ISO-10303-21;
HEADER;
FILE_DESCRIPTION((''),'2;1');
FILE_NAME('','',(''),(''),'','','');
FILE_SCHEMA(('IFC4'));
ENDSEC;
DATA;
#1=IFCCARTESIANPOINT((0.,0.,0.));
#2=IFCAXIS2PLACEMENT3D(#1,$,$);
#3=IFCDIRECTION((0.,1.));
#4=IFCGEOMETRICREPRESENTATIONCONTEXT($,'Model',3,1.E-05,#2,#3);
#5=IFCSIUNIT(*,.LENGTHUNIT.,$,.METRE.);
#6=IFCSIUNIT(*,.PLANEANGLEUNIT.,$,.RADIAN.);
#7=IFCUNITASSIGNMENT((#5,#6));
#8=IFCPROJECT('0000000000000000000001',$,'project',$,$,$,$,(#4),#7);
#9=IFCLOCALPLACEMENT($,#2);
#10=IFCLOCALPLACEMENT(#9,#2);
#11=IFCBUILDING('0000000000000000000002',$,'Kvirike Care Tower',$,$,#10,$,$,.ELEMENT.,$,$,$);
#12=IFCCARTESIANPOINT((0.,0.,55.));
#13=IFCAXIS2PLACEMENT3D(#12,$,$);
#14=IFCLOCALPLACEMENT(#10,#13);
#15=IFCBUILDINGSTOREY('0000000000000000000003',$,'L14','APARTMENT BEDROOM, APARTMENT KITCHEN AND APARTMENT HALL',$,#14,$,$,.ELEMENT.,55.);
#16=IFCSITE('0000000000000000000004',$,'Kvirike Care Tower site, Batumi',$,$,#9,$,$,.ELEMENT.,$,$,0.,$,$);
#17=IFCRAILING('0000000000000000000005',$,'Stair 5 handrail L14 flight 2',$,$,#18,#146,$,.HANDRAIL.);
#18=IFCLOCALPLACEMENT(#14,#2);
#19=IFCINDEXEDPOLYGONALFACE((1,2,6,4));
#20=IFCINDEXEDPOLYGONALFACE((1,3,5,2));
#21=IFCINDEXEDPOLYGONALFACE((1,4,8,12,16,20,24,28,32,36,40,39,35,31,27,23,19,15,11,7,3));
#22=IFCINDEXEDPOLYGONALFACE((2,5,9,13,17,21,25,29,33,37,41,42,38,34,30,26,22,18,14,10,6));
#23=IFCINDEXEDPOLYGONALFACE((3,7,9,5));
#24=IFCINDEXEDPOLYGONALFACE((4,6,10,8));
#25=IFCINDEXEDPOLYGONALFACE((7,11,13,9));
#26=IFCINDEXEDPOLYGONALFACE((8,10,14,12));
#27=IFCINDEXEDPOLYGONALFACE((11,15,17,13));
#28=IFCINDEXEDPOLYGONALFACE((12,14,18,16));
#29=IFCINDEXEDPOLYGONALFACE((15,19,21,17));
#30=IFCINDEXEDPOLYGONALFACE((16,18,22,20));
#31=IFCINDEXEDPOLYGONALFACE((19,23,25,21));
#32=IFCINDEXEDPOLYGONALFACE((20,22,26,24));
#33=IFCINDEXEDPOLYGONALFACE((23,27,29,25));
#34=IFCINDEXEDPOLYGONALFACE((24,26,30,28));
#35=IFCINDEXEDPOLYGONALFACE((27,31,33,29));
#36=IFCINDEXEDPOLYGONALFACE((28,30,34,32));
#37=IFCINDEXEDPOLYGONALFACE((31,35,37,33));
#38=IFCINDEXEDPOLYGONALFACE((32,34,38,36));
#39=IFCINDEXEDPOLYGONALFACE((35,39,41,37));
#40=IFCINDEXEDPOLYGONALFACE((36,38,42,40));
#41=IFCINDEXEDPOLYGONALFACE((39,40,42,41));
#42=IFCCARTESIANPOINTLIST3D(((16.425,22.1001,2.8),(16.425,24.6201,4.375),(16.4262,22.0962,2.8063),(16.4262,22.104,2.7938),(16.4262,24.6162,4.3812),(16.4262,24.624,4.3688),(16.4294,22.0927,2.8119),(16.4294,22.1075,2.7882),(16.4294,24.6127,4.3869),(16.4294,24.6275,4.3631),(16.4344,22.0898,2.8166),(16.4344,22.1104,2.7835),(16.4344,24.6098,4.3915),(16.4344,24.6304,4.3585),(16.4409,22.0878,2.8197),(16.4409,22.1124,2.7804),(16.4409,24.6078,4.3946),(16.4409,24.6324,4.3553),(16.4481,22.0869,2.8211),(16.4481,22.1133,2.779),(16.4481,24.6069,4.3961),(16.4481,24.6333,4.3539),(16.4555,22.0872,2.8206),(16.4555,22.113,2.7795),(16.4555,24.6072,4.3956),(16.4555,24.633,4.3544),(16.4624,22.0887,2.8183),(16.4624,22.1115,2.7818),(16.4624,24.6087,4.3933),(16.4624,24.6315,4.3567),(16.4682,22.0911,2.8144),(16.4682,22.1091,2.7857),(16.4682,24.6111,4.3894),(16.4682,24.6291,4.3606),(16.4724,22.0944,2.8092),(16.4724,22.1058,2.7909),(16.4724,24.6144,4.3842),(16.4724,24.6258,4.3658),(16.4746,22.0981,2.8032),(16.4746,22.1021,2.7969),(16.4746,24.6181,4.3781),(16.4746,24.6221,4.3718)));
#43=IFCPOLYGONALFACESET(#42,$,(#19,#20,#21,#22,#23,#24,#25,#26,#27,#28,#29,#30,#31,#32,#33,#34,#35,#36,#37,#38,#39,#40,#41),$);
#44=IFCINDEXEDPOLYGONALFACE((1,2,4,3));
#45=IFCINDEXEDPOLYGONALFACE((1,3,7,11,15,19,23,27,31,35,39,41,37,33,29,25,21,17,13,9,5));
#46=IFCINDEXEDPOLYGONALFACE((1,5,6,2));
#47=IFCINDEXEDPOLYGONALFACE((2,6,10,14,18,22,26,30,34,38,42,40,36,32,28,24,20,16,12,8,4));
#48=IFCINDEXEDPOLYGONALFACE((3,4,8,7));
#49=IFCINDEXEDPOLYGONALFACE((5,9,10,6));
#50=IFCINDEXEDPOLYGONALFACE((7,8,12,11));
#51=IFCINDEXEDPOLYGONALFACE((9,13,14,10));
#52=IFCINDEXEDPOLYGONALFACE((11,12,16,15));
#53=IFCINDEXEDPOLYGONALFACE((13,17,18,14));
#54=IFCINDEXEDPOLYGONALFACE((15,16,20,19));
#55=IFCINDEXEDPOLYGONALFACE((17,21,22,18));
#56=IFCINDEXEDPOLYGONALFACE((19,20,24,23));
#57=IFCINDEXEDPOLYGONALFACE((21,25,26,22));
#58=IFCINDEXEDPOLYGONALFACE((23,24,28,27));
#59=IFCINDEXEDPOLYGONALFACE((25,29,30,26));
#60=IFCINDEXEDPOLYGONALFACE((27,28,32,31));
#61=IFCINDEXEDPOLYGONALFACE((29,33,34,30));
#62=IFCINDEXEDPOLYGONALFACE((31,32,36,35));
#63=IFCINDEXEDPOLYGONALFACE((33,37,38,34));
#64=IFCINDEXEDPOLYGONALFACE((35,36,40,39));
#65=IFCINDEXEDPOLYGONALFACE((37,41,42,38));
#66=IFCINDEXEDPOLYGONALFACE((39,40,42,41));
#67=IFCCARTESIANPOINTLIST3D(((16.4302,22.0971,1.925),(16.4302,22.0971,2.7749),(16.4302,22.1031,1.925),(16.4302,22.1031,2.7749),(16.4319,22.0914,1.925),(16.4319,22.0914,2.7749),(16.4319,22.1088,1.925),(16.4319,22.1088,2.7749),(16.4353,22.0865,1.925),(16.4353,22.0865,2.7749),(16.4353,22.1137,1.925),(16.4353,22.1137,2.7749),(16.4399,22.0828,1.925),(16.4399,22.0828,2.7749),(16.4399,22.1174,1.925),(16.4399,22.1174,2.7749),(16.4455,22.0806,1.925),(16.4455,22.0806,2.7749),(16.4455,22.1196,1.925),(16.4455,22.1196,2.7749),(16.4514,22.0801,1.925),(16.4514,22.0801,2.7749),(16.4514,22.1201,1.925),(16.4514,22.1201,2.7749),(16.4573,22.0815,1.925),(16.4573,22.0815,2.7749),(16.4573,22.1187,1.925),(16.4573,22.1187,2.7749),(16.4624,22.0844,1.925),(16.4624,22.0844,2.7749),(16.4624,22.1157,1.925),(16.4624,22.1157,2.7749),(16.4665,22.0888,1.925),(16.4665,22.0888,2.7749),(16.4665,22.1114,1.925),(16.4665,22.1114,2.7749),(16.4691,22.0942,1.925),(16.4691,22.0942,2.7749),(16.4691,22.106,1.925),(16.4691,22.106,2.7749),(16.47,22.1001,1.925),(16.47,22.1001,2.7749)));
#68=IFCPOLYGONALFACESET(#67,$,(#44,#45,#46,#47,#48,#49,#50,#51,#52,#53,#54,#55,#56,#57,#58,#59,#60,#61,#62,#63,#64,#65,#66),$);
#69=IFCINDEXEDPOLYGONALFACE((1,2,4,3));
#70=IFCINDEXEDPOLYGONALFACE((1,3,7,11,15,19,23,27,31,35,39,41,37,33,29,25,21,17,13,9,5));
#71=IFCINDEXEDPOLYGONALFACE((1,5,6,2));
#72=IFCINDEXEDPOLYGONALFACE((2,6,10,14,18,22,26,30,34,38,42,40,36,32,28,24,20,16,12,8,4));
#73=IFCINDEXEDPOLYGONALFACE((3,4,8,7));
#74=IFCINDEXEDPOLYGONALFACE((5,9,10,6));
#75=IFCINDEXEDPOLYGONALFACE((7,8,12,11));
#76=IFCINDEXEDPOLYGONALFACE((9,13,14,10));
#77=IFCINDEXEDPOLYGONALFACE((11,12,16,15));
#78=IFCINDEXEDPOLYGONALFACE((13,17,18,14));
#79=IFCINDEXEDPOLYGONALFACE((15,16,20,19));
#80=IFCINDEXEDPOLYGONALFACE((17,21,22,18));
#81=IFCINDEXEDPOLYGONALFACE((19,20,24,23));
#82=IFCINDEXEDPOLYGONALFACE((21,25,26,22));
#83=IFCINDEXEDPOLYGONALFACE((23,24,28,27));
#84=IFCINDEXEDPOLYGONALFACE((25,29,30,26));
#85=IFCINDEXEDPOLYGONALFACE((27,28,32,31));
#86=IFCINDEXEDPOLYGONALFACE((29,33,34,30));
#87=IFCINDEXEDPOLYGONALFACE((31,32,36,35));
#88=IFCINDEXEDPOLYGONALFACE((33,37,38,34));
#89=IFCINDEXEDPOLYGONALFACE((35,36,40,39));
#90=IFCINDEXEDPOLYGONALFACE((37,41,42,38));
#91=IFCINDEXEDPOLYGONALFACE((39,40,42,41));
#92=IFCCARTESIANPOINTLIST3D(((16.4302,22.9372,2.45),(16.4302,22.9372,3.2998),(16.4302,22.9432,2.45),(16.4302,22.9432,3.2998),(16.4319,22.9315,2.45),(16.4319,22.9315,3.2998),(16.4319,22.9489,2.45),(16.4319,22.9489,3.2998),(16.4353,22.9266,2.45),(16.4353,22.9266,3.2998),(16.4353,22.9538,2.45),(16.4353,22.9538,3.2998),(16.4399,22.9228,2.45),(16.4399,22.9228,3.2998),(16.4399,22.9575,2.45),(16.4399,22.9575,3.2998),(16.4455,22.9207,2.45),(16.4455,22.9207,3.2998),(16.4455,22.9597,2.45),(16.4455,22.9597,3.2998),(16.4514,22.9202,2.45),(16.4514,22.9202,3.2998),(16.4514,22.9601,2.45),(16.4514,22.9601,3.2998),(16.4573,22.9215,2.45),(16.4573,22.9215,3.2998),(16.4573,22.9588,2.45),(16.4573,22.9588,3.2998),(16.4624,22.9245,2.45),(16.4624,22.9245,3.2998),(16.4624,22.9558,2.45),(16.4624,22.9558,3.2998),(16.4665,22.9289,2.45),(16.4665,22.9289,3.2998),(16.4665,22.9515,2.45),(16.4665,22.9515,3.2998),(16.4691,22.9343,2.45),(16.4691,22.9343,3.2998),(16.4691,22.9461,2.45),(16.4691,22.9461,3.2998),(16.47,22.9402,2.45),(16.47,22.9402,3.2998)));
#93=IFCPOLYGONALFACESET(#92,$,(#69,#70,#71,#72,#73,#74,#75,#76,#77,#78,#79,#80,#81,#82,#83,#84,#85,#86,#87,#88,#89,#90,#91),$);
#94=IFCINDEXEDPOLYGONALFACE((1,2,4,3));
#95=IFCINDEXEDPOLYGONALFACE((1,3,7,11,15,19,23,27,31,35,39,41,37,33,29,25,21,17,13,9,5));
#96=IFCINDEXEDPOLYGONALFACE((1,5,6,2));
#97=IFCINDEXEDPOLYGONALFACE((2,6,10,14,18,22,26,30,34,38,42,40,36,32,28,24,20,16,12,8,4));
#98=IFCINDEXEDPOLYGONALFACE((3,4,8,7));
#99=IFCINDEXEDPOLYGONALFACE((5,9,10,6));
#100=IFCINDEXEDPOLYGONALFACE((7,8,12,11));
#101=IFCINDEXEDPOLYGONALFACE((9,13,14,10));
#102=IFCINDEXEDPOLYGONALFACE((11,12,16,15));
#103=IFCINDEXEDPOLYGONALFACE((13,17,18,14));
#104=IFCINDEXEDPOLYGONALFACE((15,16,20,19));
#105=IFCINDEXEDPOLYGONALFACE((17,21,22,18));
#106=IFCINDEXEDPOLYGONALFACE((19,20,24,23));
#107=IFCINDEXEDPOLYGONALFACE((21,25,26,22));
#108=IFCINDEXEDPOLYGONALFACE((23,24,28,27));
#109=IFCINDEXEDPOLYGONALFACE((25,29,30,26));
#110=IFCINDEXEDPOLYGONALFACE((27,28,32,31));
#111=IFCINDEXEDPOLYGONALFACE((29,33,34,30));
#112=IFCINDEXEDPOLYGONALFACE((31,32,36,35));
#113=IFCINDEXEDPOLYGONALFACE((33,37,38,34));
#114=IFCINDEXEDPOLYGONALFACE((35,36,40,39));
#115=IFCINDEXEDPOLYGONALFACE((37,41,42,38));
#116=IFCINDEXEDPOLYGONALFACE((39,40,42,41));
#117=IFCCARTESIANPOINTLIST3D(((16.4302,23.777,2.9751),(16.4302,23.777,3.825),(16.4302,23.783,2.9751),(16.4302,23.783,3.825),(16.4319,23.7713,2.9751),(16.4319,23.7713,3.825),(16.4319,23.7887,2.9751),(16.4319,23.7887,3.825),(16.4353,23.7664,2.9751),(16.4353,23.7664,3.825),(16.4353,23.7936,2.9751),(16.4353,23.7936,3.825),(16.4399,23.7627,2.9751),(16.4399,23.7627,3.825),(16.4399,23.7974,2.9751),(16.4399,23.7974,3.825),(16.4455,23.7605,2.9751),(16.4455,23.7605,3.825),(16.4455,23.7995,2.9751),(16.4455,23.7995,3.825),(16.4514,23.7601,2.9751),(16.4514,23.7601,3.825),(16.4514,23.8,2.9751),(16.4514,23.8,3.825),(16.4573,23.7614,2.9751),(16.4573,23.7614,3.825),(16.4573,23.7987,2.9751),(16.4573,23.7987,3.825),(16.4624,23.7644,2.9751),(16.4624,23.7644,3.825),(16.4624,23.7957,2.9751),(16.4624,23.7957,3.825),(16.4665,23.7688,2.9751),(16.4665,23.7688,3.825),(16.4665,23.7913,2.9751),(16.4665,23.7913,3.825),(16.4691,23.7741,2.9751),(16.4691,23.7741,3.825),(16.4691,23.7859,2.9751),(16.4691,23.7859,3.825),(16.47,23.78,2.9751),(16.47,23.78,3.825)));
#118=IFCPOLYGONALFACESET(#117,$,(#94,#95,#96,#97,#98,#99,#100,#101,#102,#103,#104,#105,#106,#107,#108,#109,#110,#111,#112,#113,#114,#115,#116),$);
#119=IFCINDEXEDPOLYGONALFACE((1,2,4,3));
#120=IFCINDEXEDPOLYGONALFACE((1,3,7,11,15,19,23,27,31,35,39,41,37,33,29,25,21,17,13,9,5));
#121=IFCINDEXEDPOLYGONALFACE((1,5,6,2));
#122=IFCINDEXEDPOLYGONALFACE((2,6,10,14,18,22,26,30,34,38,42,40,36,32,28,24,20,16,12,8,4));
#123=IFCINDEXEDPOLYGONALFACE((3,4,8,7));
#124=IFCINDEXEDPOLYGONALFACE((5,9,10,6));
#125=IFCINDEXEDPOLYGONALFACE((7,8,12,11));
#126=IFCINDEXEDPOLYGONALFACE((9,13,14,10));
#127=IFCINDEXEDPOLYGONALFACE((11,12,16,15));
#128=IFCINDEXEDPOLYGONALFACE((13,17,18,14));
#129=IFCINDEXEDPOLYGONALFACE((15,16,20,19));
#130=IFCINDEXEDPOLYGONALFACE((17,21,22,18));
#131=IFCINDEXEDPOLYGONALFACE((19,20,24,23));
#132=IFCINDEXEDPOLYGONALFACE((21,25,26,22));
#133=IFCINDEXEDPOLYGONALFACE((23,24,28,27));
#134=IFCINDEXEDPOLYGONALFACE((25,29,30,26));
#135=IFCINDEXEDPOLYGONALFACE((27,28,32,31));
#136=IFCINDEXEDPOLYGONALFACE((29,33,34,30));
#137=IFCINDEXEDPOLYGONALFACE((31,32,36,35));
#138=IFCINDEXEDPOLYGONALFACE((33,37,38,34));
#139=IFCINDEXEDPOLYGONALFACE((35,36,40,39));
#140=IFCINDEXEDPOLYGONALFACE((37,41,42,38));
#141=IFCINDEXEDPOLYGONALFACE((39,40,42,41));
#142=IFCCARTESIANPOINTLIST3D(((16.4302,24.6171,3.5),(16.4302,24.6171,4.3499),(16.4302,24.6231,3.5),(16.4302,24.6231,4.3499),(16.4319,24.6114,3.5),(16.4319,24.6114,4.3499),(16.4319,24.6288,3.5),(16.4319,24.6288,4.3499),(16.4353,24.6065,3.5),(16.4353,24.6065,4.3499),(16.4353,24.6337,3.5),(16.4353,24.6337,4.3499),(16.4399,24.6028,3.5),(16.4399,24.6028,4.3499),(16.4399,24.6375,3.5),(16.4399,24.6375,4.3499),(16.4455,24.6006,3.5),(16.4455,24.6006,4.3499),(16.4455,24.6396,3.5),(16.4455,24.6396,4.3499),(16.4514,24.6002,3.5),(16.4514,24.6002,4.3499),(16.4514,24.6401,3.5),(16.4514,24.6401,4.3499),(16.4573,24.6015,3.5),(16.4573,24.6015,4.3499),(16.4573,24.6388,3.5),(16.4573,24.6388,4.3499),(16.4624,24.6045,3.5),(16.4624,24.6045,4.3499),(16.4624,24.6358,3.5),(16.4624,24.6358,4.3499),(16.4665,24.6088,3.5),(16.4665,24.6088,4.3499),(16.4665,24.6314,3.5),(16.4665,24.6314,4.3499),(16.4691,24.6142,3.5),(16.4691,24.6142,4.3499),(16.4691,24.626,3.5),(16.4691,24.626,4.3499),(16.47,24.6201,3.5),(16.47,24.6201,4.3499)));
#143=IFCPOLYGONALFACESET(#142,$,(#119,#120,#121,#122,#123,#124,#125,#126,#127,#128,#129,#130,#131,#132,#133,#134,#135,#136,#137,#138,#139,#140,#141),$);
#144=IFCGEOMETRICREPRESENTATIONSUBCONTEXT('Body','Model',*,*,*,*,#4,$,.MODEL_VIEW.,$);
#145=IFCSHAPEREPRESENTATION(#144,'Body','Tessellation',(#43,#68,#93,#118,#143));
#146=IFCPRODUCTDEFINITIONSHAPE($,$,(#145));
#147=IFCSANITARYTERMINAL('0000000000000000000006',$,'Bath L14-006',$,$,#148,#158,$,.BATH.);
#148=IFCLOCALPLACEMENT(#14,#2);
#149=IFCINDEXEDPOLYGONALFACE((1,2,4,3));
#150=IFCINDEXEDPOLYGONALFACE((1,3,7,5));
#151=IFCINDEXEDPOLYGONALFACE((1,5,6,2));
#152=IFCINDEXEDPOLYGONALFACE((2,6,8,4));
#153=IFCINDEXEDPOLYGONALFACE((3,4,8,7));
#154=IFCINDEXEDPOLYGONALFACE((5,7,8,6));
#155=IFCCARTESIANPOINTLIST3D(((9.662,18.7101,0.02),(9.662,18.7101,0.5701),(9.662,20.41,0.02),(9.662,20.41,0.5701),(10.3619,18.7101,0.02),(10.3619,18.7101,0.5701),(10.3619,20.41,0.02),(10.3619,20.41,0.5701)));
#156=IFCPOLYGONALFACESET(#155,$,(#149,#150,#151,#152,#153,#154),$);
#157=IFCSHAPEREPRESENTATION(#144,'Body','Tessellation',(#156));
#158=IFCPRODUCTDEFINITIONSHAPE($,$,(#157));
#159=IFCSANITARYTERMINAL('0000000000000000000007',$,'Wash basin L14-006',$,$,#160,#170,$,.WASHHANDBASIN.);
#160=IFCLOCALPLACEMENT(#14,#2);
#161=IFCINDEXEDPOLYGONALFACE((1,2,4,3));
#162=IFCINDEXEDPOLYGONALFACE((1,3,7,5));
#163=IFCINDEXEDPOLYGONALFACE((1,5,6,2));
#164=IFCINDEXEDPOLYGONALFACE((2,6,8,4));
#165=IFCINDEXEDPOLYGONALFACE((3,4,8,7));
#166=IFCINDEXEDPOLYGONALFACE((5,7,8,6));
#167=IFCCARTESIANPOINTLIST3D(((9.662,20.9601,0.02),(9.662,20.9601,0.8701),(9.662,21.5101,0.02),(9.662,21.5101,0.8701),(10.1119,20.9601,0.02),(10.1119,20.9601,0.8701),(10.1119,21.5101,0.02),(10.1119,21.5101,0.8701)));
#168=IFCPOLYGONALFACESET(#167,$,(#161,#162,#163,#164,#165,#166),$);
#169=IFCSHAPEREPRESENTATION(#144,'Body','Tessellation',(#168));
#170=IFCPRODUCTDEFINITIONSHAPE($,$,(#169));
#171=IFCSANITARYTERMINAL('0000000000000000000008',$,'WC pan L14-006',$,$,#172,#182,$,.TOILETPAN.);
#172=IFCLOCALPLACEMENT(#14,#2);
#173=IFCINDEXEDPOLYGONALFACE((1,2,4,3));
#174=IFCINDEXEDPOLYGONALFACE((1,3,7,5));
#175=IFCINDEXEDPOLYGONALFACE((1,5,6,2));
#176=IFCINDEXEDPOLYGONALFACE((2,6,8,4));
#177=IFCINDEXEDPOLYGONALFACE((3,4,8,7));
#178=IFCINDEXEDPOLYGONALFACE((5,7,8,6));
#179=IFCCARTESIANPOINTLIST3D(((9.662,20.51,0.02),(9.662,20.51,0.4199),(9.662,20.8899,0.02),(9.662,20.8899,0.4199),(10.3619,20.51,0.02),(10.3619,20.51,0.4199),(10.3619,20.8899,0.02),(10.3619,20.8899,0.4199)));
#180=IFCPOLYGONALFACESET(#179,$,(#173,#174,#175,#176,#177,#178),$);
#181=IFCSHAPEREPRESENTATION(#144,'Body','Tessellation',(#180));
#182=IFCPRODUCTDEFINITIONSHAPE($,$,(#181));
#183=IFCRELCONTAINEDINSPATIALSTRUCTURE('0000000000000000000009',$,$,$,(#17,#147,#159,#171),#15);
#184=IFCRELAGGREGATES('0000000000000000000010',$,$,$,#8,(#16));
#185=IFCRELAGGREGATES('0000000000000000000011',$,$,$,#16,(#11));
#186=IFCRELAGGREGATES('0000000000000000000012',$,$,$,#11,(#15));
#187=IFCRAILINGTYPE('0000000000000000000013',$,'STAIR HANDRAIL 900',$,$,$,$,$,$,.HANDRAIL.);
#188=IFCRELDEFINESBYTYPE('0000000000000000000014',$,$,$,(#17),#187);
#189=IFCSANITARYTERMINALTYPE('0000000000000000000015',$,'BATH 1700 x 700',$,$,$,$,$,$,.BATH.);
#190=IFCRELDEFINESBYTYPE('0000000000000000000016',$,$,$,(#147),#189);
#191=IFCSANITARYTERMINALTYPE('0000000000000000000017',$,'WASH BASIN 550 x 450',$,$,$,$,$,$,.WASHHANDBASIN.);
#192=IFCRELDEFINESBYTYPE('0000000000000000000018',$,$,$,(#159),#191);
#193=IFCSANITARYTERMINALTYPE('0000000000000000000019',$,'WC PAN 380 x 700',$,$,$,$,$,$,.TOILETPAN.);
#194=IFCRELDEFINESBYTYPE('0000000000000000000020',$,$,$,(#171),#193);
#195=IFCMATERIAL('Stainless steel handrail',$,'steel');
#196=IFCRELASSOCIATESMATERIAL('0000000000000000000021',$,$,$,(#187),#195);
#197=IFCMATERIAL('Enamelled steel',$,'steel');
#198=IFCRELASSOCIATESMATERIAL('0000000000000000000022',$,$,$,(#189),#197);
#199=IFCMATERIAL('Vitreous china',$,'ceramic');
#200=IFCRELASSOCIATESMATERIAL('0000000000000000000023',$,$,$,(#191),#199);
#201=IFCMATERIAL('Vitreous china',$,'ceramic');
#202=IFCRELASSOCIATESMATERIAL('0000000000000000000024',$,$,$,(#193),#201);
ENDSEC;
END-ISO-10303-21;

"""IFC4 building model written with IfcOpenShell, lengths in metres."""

from ifc_helpers import new_model, si_unit, direction, frame, origin, origin_2d, place, context, subcontext, project, spatial, rectangle, circle, extrude, material, type_object, element, save


model = new_model("IFC4")

# Units and contexts
model_context = context("Model", 3, precision=1e-05, world=origin(), true_north=direction((0.0, 1.0)))
body_context = subcontext(model_context, "Body", "Model", "MODEL_VIEW")
ifc_project = project(units=[si_unit("LENGTHUNIT", "METRE"), si_unit("PLANEANGLEUNIT", "RADIAN")], contexts=[model_context])

# Site, building, storey
site_placement = place(None, origin())
site = spatial("IfcSite", under=ifc_project, at=site_placement, Name="Kvirike Care Tower site, Batumi", CompositionType="ELEMENT", RefElevation=0.0)
building_placement = place(site_placement, origin())
building = spatial("IfcBuilding", under=site, at=building_placement, Name="Kvirike Care Tower", CompositionType="ELEMENT")
storey_placement = place(building_placement, frame((0.0, 0.0, 55.0)))
storey = spatial("IfcBuildingStorey", under=building, at=storey_placement, Name="L14", Description="APARTMENT BEDROOM, APARTMENT KITCHEN AND APARTMENT HALL", CompositionType="ELEMENT", Elevation=55.0)

# Railing
ifc_material_1 = material(Name="Stainless steel handrail", Category="steel")
railing_type = type_object("IfcRailingType", Name="STAIR HANDRAIL 900", PredefinedType="HANDRAIL", material=ifc_material_1)
railing_placement = place(storey_placement, frame((16.45, 22.1001, 1.925)))
element("IfcRailing", 1, at=railing_placement, inside=storey, type_object=railing_type, Name="Stair 5 handrail L14 flight 2", PredefinedType="HANDRAIL", context=body_context, shape_type="SweptSolid", body=[
    extrude(circle(Radius=0.0249, at=origin_2d()), frame((0.0, 0.0, 0.875), z_axis=(0.0, 0.848008, 0.529984), x_axis=(-1.0, 0.0, 0.0)), (0.0, 0.0, 1.0), 2.9717),
    extrude(circle(Radius=0.02, at=origin_2d()), origin(), (0.0, 0.0, 1.0), 0.8499),
    extrude(circle(Radius=0.02, at=origin_2d()), frame((0.0, 0.8401, 0.5249)), (0.0, 0.0, 1.0), 0.8499),
    extrude(circle(Radius=0.02, at=origin_2d()), frame((0.0, 1.6799, 1.05)), (0.0, 0.0, 1.0), 0.8499),
    extrude(circle(Radius=0.02, at=origin_2d()), frame((0.0, 2.52, 1.575)), (0.0, 0.0, 1.0), 0.8499),
])

# Sanitary terminals
ifc_material_2 = material(Name="Enamelled steel", Category="steel")
sanitary_terminal_type_1 = type_object("IfcSanitaryTerminalType", Name="BATH 1700 x 700", PredefinedType="BATH", material=ifc_material_2)
sanitary_terminal_1_placement = place(storey_placement, frame((10.012, 19.5601, 0.02), z_axis=(0.0, 0.0, 1.0), x_axis=(0.0, 1.0, 0.0)))
element("IfcSanitaryTerminal", 2, at=sanitary_terminal_1_placement, inside=storey, type_object=sanitary_terminal_type_1, Name="Bath L14-006", PredefinedType="BATH", context=body_context, shape_type="SweptSolid", body=[
    extrude(rectangle(XDim=1.7, YDim=0.7, at=origin_2d()), origin(), (0.0, 0.0, 1.0), 0.55),
])
ifc_material_3 = material(Name="Vitreous china", Category="ceramic")
sanitary_terminal_type_2 = type_object("IfcSanitaryTerminalType", Name="WASH BASIN 550 x 450", PredefinedType="WASHHANDBASIN", material=ifc_material_3)
sanitary_terminal_2_placement = place(storey_placement, frame((9.887, 21.2351, 0.02), z_axis=(0.0, 0.0, 1.0), x_axis=(0.0, 1.0, 0.0)))
element("IfcSanitaryTerminal", 3, at=sanitary_terminal_2_placement, inside=storey, type_object=sanitary_terminal_type_2, Name="Wash basin L14-006", PredefinedType="WASHHANDBASIN", context=body_context, shape_type="SweptSolid", body=[
    extrude(rectangle(XDim=0.55, YDim=0.45, at=origin_2d()), origin(), (0.0, 0.0, 1.0), 0.8501),
])
ifc_material_4 = material(Name="Vitreous china", Category="ceramic")
sanitary_terminal_type_3 = type_object("IfcSanitaryTerminalType", Name="WC PAN 380 x 700", PredefinedType="TOILETPAN", material=ifc_material_4)
sanitary_terminal_3_placement = place(storey_placement, frame((10.012, 20.7, 0.02), z_axis=(0.0, 0.0, 1.0), x_axis=(0.0, 1.0, 0.0)))
element("IfcSanitaryTerminal", 4, at=sanitary_terminal_3_placement, inside=storey, type_object=sanitary_terminal_type_3, Name="WC pan L14-006", PredefinedType="TOILETPAN", context=body_context, shape_type="SweptSolid", body=[
    extrude(rectangle(XDim=0.3799, YDim=0.7, at=origin_2d()), origin(), (0.0, 0.0, 1.0), 0.3999),
])

save(model, "model.ifc")
